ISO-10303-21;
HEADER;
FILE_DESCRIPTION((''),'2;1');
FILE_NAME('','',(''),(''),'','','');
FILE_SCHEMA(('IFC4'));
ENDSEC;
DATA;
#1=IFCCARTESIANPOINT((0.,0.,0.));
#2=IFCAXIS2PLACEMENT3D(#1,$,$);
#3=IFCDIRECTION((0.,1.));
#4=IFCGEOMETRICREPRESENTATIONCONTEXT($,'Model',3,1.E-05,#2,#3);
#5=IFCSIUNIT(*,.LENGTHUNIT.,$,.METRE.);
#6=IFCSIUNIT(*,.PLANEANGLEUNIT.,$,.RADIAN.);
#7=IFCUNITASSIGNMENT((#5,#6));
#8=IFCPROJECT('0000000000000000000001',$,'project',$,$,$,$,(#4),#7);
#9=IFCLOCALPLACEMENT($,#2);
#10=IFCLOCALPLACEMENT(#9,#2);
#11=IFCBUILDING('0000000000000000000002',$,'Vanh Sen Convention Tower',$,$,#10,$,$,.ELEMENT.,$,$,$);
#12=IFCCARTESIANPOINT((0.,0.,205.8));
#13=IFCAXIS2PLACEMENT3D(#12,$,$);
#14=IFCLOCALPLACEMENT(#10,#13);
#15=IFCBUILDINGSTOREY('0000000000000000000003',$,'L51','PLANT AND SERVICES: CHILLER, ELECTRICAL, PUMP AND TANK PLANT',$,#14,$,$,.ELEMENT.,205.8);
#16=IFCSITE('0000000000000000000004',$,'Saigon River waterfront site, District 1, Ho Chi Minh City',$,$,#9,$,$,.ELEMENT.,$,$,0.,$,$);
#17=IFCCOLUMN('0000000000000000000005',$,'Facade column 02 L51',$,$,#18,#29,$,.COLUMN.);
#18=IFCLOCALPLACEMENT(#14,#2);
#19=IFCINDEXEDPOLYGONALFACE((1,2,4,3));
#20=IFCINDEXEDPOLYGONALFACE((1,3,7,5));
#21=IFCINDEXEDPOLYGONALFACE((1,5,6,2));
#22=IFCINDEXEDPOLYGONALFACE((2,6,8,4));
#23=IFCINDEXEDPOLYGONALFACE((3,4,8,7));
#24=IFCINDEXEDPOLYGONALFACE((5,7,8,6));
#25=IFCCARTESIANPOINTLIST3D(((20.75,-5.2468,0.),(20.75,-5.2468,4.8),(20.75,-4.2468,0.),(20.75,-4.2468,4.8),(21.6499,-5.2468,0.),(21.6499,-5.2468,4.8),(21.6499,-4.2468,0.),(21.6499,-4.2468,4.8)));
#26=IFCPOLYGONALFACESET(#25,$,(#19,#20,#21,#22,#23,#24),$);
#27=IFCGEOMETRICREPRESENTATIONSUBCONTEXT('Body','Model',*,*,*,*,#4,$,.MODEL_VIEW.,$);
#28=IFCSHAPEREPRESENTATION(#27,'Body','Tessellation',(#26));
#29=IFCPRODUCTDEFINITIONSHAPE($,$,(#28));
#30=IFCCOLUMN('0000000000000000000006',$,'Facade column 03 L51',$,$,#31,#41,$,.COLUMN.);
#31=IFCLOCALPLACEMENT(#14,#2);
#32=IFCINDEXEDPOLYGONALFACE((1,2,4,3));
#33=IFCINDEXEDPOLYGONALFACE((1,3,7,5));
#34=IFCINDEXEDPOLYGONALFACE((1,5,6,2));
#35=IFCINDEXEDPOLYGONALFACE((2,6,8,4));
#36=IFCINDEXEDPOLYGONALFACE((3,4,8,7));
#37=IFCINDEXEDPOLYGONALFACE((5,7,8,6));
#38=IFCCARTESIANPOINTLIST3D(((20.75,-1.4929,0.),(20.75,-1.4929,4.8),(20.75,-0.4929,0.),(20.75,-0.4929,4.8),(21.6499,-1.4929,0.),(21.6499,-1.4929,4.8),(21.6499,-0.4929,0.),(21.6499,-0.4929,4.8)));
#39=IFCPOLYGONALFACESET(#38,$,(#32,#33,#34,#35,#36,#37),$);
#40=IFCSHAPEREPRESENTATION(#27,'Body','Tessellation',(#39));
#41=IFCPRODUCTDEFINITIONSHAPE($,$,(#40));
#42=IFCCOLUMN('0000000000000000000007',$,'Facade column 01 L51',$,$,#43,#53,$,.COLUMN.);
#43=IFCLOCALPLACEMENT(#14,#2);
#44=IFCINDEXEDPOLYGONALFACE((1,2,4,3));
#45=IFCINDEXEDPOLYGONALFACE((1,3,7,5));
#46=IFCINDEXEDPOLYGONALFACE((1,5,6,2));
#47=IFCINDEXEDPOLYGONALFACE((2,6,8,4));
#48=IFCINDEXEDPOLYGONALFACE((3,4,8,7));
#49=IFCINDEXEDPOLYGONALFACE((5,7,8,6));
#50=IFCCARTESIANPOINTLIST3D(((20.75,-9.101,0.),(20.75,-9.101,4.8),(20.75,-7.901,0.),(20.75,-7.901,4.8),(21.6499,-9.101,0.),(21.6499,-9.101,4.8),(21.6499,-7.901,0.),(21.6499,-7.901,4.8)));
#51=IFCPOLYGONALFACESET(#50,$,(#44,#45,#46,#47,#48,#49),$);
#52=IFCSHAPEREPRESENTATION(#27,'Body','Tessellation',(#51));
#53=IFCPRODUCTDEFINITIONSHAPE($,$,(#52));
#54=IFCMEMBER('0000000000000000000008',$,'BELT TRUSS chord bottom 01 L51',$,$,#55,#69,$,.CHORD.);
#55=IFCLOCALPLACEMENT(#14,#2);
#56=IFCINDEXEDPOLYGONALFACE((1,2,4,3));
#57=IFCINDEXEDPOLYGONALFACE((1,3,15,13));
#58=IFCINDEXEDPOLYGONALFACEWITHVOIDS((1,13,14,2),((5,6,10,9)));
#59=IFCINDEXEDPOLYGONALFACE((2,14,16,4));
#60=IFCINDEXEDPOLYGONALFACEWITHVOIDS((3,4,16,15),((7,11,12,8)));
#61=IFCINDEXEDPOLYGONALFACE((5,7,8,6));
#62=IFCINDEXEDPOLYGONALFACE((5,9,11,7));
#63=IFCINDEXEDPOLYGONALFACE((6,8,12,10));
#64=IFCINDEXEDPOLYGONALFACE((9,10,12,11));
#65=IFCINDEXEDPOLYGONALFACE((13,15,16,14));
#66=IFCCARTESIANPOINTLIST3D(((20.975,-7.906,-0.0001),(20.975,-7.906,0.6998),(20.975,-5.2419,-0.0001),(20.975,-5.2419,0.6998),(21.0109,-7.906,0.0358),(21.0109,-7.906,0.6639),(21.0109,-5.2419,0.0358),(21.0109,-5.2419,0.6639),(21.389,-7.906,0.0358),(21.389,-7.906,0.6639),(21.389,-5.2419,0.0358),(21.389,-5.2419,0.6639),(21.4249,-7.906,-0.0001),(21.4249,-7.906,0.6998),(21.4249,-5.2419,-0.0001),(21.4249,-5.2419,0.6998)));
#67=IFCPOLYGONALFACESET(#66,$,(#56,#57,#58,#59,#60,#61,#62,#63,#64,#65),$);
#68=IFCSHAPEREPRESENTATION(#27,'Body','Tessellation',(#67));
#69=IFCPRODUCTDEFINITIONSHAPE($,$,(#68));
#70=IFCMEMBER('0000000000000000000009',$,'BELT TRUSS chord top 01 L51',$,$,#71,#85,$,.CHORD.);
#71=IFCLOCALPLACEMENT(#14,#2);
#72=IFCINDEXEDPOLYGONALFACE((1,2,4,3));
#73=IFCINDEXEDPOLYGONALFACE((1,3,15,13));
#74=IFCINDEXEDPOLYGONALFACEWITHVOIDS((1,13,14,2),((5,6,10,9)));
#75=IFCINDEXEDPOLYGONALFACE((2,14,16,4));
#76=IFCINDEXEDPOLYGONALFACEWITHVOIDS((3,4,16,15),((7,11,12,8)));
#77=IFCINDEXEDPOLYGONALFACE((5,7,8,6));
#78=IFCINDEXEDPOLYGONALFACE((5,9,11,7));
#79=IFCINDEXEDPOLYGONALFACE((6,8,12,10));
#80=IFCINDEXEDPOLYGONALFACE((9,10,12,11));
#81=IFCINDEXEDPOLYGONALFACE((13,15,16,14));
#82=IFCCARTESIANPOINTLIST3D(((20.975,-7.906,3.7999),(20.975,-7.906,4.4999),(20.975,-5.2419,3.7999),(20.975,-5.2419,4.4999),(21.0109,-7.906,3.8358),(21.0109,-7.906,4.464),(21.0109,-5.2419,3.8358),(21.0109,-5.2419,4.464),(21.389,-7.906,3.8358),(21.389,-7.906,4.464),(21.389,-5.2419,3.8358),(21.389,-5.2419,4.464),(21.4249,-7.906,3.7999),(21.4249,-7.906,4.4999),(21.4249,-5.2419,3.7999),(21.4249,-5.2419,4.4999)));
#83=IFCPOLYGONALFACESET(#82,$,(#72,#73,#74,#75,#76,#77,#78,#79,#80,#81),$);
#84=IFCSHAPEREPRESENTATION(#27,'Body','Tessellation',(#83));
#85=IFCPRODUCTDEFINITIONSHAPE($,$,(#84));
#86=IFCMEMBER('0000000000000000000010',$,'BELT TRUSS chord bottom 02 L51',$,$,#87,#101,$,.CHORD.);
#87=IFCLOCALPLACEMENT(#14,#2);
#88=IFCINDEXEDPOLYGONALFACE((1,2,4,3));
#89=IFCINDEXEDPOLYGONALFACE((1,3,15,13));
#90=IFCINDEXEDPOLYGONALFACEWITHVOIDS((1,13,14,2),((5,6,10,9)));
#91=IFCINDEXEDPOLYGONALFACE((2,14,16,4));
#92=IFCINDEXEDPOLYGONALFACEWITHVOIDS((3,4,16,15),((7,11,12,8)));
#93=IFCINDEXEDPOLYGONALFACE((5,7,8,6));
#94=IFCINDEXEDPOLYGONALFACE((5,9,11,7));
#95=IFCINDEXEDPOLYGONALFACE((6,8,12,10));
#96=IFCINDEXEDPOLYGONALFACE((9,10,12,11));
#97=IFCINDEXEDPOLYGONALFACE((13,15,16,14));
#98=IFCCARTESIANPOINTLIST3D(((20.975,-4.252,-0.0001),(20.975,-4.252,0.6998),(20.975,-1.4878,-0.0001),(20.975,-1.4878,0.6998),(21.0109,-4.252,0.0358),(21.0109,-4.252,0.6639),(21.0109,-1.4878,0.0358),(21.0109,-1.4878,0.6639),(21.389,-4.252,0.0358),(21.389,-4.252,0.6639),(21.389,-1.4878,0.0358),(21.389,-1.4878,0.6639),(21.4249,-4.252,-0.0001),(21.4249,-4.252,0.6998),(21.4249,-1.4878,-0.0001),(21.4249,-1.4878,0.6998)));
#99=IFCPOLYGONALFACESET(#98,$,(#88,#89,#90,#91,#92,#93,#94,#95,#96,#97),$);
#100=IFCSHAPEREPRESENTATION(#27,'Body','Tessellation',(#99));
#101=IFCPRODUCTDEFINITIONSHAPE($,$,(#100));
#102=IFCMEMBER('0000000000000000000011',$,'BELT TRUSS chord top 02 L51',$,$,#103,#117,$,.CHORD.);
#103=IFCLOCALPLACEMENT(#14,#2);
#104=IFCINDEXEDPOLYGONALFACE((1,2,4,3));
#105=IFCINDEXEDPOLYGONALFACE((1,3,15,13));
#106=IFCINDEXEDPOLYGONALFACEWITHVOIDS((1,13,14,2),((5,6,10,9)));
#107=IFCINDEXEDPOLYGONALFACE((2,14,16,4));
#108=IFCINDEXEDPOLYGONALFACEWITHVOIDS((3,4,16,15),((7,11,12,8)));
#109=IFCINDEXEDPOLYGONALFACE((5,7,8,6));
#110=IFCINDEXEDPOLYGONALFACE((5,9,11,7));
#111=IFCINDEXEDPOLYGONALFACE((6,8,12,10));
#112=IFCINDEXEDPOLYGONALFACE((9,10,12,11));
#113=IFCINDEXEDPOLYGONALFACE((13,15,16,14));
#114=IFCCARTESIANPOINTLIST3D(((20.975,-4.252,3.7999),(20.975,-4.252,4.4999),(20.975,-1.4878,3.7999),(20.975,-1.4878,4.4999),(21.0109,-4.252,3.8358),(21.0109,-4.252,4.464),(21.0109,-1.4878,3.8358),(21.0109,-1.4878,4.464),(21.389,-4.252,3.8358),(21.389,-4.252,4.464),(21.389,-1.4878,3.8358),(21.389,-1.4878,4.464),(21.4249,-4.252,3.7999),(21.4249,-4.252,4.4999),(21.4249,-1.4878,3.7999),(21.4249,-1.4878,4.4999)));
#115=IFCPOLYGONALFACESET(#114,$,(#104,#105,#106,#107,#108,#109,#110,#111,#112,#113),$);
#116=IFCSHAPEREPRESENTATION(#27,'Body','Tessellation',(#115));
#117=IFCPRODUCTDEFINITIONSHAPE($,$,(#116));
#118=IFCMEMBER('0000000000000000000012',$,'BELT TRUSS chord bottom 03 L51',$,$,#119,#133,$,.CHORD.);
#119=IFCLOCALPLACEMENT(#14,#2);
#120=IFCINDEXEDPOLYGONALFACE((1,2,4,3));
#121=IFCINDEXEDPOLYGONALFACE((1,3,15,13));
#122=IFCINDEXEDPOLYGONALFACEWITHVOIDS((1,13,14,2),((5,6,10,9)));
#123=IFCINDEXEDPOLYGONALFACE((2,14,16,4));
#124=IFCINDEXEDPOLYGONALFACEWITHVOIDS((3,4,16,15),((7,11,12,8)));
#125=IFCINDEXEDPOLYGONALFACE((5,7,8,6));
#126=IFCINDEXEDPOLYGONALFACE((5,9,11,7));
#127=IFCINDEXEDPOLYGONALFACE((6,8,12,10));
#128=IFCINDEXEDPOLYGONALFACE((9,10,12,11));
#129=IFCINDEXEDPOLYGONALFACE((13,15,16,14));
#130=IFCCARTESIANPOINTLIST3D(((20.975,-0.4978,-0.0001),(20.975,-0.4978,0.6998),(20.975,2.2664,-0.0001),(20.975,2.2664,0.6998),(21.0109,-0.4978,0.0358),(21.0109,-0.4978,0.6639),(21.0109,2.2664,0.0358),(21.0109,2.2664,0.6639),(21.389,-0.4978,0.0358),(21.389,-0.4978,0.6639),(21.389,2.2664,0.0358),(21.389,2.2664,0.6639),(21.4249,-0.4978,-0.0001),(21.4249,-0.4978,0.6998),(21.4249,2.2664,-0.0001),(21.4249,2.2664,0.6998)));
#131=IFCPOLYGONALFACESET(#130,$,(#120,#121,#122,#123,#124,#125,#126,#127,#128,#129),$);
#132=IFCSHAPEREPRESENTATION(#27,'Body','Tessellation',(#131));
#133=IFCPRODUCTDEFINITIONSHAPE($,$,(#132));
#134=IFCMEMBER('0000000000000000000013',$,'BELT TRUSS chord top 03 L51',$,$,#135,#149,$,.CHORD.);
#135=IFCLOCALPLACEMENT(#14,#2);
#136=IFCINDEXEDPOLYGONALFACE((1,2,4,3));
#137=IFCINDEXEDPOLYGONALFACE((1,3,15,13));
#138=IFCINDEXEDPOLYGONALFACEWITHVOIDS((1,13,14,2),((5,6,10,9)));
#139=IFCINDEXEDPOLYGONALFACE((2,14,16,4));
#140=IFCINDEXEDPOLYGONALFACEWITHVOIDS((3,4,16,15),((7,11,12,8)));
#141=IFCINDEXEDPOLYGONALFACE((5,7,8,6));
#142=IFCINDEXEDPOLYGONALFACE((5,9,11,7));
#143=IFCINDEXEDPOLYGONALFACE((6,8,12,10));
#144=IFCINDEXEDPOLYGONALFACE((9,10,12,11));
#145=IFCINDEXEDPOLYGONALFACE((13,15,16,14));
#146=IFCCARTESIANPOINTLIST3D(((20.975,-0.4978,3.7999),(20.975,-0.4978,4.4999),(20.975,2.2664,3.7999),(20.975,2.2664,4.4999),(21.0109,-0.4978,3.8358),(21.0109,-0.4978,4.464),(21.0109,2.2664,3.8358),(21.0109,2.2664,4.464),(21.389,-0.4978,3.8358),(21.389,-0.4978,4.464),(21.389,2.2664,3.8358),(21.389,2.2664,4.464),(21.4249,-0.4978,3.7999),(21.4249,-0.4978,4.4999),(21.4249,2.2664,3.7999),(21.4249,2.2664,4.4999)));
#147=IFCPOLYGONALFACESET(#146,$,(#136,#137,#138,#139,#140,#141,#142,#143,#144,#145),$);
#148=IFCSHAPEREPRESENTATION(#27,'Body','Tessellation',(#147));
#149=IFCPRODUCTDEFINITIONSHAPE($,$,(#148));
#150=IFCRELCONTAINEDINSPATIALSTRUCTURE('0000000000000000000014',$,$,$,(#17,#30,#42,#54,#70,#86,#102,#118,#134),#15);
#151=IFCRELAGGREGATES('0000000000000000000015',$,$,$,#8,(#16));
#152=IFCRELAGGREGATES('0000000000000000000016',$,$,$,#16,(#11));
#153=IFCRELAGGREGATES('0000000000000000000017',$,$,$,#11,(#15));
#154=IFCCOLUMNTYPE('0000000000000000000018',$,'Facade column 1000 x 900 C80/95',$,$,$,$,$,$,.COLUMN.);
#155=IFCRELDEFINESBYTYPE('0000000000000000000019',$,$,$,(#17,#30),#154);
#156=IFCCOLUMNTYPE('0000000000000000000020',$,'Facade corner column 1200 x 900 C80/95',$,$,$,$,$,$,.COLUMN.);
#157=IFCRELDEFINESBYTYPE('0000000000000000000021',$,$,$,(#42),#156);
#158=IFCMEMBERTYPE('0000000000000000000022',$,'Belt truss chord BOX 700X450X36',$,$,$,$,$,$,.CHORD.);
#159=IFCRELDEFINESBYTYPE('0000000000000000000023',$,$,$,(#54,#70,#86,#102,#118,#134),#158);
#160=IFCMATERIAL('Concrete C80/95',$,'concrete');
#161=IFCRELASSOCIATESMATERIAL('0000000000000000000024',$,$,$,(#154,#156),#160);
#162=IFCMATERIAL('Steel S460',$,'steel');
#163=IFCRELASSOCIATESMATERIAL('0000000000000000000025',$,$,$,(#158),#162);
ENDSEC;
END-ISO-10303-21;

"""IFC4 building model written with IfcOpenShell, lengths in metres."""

from ifc_helpers import new_model, si_unit, direction, frame, origin, origin_2d, place, context, subcontext, project, spatial, rectangle, hollow_rectangle, extrude, material, material_profile, profile_set, type_object, element, save


model = new_model("IFC4")

# Units and contexts
model_context = context("Model", 3, precision=1e-05, world=origin(), true_north=direction((0.0, 1.0)))
body_context = subcontext(model_context, "Body", "Model", "MODEL_VIEW")
ifc_project = project(units=[si_unit("LENGTHUNIT", "METRE"), si_unit("PLANEANGLEUNIT", "RADIAN")], contexts=[model_context])

# Site, building, storey
site_placement = place(None, origin())
site = spatial("IfcSite", under=ifc_project, at=site_placement, Name="Saigon River waterfront site, District 1, Ho Chi Minh City", CompositionType="ELEMENT", RefElevation=0.0)
building_placement = place(site_placement, origin())
building = spatial("IfcBuilding", under=site, at=building_placement, Name="Vanh Sen Convention Tower", CompositionType="ELEMENT")
storey_placement = place(building_placement, frame((0.0, 0.0, 205.8)))
storey = spatial("IfcBuildingStorey", under=building, at=storey_placement, Name="L51", Description="PLANT AND SERVICES: CHILLER, ELECTRICAL, PUMP AND TANK PLANT", CompositionType="ELEMENT", Elevation=205.8)

# Columns
ifc_material_1 = material(Name="Concrete C80/95", Category="concrete")
ifc_material_profile_1 = material_profile(ifc_material_1, rectangle(XDim=1.0, YDim=0.8999, at=origin_2d()), Name="RC 1000X900")
ifc_profile_set_1 = profile_set([ifc_material_profile_1], Name="Concrete C80/95")
column_type_1 = type_object("IfcColumnType", Name="Facade column 1000 x 900 C80/95", PredefinedType="COLUMN", material=ifc_profile_set_1)
for number, where, z_axis, x_axis, name in (
    (1, (21.2, -4.7468, 0.0), (0.0, 0.0, 1.0), (0.0, 1.0, 0.0), "Facade column 02 L51"),
    (2, (21.2, -0.9929, 0.0), (0.0, 0.0, 1.0), (0.0, 1.0, 0.0), "Facade column 03 L51"),
):
    element("IfcColumn", number, at=place(storey_placement, frame(where, z_axis=z_axis, x_axis=x_axis)), inside=storey, type_object=column_type_1, Name=name, PredefinedType="COLUMN", context=body_context, shape_type="SweptSolid", body=[
        extrude(rectangle(XDim=1.0, YDim=0.8999, at=origin_2d()), origin(), (0.0, 0.0, 1.0), 4.8),
    ])
ifc_material_profile_2 = material_profile(ifc_material_1, rectangle(XDim=1.2, YDim=0.8999, at=origin_2d()), Name="RC 1200X900")
ifc_profile_set_2 = profile_set([ifc_material_profile_2], Name="Concrete C80/95")
column_type_2 = type_object("IfcColumnType", Name="Facade corner column 1200 x 900 C80/95", PredefinedType="COLUMN", material=ifc_profile_set_2)
column_placement = place(storey_placement, frame((21.2, -8.501, 0.0), z_axis=(0.0, 0.0, 1.0), x_axis=(0.0, 1.0, 0.0)))
element("IfcColumn", 3, at=column_placement, inside=storey, type_object=column_type_2, Name="Facade column 01 L51", PredefinedType="COLUMN", context=body_context, shape_type="SweptSolid", body=[
    extrude(rectangle(XDim=1.2, YDim=0.8999, at=origin_2d()), origin(), (0.0, 0.0, 1.0), 4.8),
])

# Members
ifc_material_2 = material(Name="Steel S460", Category="steel")
ifc_material_profile_3 = material_profile(ifc_material_2, hollow_rectangle(XDim=0.45, YDim=0.7, WallThickness=0.0359, at=origin_2d()), Name="BOX 700X450X36")
ifc_profile_set_3 = profile_set([ifc_material_profile_3], Name="Steel S460")
member_type_1 = type_object("IfcMemberType", Name="Belt truss chord BOX 700X450X36", PredefinedType="CHORD", material=ifc_profile_set_3)
for number, where, z_axis, x_axis, name in (
    (4, (21.2, -7.906, 0.3499), (0.0, 1.0, 0.0), (-1.0, 0.0, 0.0), "BELT TRUSS chord bottom 01 L51"),
    (5, (21.2, -7.906, 4.1499), (0.0, 1.0, 0.0), (-1.0, 0.0, 0.0), "BELT TRUSS chord top 01 L51"),
):
    element("IfcMember", number, at=place(storey_placement, frame(where, z_axis=z_axis, x_axis=x_axis)), inside=storey, type_object=member_type_1, Name=name, PredefinedType="CHORD", context=body_context, shape_type="SweptSolid", body=[
        extrude(hollow_rectangle(XDim=0.45, YDim=0.7, WallThickness=0.0359, at=origin_2d()), origin(), (0.0, 0.0, 1.0), 2.6641),
    ])
for number, where, z_axis, x_axis, name in (
    (6, (21.2, -4.252, 0.3499), (0.0, 1.0, 0.0), (-1.0, 0.0, 0.0), "BELT TRUSS chord bottom 02 L51"),
    (7, (21.2, -4.252, 4.1499), (0.0, 1.0, 0.0), (-1.0, 0.0, 0.0), "BELT TRUSS chord top 02 L51"),
    (8, (21.2, -0.4978, 0.3499), (0.0, 1.0, 0.0), (-1.0, 0.0, 0.0), "BELT TRUSS chord bottom 03 L51"),
    (9, (21.2, -0.4978, 4.1499), (0.0, 1.0, 0.0), (-1.0, 0.0, 0.0), "BELT TRUSS chord top 03 L51"),
):
    element("IfcMember", number, at=place(storey_placement, frame(where, z_axis=z_axis, x_axis=x_axis)), inside=storey, type_object=member_type_1, Name=name, PredefinedType="CHORD", context=body_context, shape_type="SweptSolid", body=[
        extrude(hollow_rectangle(XDim=0.45, YDim=0.7, WallThickness=0.0359, at=origin_2d()), origin(), (0.0, 0.0, 1.0), 2.7642),
    ])

save(model, "model.ifc")
